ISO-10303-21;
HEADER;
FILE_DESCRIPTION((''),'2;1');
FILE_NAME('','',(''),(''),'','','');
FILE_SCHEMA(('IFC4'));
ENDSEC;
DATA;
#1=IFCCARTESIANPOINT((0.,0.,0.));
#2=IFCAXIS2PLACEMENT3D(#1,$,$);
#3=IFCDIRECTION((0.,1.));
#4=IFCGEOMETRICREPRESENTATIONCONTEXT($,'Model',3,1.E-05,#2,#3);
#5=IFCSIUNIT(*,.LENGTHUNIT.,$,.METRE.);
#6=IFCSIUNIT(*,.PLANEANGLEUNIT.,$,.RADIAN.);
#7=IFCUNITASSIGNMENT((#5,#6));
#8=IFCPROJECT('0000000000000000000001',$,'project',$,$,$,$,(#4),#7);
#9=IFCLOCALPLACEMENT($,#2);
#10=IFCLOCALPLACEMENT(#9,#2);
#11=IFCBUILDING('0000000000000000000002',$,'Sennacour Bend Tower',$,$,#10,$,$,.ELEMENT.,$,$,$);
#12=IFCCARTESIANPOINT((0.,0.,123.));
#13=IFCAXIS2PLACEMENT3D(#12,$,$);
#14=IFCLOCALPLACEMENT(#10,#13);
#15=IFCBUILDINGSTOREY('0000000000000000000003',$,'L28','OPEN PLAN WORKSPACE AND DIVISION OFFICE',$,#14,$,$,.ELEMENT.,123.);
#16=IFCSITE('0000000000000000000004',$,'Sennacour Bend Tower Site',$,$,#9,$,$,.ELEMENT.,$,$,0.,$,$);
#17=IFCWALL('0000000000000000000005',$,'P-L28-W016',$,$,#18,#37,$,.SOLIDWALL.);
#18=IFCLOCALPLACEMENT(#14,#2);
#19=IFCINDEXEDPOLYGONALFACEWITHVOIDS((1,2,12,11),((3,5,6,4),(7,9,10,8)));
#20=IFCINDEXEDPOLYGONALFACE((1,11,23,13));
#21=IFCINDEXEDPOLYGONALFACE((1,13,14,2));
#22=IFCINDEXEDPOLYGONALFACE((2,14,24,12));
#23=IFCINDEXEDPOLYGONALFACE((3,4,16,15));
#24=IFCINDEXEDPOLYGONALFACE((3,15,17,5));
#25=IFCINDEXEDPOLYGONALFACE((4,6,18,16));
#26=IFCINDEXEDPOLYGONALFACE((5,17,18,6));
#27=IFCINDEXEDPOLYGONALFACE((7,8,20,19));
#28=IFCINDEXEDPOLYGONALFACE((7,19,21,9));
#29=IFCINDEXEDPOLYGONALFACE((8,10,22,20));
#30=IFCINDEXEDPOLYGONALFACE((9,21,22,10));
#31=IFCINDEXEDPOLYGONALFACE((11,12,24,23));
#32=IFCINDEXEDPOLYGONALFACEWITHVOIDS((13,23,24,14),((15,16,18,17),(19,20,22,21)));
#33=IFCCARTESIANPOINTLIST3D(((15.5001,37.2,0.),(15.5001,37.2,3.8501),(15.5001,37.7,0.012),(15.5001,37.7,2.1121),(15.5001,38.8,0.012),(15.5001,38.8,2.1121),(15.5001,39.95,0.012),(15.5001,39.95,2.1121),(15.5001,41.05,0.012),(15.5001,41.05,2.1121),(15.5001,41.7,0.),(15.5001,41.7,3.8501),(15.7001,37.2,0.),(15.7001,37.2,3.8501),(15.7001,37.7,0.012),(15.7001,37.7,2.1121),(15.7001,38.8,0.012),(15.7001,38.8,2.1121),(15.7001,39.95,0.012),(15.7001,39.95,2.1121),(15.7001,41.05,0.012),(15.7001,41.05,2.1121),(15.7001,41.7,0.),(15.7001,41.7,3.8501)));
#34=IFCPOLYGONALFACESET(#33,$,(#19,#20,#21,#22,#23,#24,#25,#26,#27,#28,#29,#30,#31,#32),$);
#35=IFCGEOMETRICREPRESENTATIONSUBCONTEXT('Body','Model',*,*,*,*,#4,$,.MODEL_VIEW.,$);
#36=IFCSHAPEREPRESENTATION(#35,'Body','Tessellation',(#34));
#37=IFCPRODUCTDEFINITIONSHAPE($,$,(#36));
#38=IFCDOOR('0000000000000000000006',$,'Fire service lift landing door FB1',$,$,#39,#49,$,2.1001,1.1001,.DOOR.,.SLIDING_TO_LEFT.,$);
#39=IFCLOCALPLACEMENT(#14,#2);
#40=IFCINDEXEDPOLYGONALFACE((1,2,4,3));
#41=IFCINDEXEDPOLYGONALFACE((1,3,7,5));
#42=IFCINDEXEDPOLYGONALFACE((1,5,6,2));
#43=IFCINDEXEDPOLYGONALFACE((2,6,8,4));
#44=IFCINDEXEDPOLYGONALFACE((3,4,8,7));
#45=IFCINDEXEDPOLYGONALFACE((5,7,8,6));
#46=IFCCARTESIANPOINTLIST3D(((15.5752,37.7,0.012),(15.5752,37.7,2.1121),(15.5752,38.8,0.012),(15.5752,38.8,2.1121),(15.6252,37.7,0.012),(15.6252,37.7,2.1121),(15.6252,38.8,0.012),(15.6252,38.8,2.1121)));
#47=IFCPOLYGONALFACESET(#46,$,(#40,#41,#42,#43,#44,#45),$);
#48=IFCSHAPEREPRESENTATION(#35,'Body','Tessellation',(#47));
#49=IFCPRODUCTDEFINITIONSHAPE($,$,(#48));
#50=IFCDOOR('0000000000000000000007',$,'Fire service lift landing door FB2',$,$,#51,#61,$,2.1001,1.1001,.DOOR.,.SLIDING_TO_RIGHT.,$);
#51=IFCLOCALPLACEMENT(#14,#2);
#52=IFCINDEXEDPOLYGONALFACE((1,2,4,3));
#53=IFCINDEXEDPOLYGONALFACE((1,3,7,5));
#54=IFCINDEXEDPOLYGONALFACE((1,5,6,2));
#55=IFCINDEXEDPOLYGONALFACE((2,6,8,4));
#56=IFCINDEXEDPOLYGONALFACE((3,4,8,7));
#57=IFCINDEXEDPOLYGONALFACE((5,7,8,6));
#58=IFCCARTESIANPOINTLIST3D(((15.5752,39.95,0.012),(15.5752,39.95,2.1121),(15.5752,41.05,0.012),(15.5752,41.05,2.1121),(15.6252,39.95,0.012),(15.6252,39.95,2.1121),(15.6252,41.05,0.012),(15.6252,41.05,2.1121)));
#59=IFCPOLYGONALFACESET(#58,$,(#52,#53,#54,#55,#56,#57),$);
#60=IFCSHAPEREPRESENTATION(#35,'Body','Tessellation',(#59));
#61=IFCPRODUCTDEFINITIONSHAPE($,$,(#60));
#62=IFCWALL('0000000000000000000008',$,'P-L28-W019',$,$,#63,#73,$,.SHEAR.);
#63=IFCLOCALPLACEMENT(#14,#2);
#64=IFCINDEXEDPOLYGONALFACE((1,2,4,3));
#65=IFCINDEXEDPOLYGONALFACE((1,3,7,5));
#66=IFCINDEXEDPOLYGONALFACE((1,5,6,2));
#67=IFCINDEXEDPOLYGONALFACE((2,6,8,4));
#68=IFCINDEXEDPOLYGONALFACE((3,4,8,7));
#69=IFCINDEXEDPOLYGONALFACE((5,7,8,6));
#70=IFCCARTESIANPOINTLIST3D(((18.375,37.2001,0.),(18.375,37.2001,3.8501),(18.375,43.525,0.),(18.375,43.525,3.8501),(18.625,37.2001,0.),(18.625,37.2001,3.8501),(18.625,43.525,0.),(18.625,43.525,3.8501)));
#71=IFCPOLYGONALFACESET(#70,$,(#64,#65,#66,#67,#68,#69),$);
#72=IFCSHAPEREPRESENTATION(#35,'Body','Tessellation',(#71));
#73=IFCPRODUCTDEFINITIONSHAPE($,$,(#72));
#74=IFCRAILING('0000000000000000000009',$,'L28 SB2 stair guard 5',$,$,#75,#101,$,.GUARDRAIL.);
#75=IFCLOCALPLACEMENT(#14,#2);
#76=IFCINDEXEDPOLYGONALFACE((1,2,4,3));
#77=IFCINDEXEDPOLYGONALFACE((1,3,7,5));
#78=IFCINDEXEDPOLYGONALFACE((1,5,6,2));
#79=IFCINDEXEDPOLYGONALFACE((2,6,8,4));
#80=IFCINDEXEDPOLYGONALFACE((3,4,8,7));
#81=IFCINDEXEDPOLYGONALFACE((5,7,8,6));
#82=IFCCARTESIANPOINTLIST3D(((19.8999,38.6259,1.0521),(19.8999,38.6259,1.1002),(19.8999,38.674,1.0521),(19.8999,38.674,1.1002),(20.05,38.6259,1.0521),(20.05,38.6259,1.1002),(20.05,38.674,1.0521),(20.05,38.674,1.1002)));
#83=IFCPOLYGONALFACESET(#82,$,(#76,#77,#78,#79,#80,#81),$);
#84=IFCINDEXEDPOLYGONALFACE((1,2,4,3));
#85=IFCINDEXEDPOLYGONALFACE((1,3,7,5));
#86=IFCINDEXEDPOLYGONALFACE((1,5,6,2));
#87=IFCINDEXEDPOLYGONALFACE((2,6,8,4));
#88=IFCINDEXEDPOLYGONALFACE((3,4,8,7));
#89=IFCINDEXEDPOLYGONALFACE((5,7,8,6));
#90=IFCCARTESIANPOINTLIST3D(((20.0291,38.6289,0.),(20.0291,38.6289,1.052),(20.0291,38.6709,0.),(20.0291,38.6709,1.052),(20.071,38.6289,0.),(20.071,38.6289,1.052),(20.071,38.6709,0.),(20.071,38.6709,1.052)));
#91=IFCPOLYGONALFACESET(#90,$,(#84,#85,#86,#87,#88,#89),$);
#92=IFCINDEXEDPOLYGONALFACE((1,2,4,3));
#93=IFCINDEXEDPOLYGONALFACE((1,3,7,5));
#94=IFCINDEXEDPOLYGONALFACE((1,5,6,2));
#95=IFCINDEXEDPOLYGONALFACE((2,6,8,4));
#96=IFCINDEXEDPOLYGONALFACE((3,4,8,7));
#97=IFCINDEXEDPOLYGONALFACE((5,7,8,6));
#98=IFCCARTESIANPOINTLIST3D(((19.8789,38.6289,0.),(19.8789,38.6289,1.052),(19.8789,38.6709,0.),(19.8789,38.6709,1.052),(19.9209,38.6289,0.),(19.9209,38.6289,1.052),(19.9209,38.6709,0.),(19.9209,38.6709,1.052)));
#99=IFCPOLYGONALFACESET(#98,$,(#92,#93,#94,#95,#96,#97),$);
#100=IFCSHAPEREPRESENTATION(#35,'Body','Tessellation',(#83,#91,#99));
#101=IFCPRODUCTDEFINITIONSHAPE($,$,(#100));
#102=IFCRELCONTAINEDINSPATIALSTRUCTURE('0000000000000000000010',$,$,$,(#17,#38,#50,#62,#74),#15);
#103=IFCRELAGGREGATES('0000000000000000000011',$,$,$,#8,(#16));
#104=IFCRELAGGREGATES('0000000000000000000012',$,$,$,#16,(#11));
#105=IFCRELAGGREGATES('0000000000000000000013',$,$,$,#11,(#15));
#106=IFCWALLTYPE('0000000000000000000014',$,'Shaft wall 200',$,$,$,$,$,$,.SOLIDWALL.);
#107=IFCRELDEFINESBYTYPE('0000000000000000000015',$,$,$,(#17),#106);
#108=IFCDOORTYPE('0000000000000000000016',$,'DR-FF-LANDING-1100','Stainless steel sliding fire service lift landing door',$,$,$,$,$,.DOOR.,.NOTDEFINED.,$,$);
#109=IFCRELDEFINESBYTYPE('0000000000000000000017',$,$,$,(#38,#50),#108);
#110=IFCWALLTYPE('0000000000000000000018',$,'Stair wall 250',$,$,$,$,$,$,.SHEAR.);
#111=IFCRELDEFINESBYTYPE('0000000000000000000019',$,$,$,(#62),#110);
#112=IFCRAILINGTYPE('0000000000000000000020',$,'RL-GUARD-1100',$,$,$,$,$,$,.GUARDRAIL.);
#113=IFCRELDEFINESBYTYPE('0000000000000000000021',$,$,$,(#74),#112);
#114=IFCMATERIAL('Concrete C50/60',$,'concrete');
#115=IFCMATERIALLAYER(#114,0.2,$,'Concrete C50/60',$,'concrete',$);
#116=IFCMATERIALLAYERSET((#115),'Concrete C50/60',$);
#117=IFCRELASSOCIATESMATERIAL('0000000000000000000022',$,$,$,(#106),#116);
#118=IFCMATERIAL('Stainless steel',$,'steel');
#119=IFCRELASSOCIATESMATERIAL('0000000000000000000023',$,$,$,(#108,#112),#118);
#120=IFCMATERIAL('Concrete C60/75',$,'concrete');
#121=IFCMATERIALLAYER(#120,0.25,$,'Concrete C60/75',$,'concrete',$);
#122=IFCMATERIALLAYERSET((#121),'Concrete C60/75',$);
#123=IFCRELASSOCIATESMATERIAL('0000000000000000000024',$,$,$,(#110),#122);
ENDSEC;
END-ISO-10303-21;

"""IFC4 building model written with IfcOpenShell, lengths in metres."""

from ifc_helpers import new_model, si_unit, direction, frame, frame_2d, origin, origin_2d, place, context, subcontext, project, spatial, rectangle, extrude, material, layer, layer_set, type_object, element, fill, save


model = new_model("IFC4")

# Units and contexts
model_context = context("Model", 3, precision=1e-05, world=origin(), true_north=direction((0.0, 1.0)))
body_context = subcontext(model_context, "Body", "Model", "MODEL_VIEW")
ifc_project = project(units=[si_unit("LENGTHUNIT", "METRE"), si_unit("PLANEANGLEUNIT", "RADIAN")], contexts=[model_context])

# Site, building, storey
site_placement = place(None, origin())
site = spatial("IfcSite", under=ifc_project, at=site_placement, Name="Sennacour Bend Tower Site", CompositionType="ELEMENT", RefElevation=0.0)
building_placement = place(site_placement, origin())
building = spatial("IfcBuilding", under=site, at=building_placement, Name="Sennacour Bend Tower", CompositionType="ELEMENT")
storey_placement = place(building_placement, frame((0.0, 0.0, 123.0)))
storey = spatial("IfcBuildingStorey", under=building, at=storey_placement, Name="L28", Description="OPEN PLAN WORKSPACE AND DIVISION OFFICE", CompositionType="ELEMENT", Elevation=123.0)

# Wall, openings, doors
ifc_material_1 = material(Name="Concrete C50/60", Category="concrete")
ifc_layer_1 = layer(ifc_material_1, 0.2, Name="Concrete C50/60", Category="concrete")
ifc_layer_set_1 = layer_set([ifc_layer_1], Name="Concrete C50/60")
wall_type_1 = type_object("IfcWallType", Name="Shaft wall 200", PredefinedType="SOLIDWALL", material=ifc_layer_set_1)
wall_1_placement = place(storey_placement, frame((15.6001, 37.2, 0.0), z_axis=(0.0, 0.0, 1.0), x_axis=(0.0, 1.0, 0.0)))
wall_1 = element("IfcWall", 1, at=wall_1_placement, inside=storey, type_object=wall_type_1, Name="P-L28-W016", PredefinedType="SOLIDWALL", context=body_context, shape_type="SweptSolid", body=[
    extrude(rectangle(XDim=4.5, YDim=0.2, at=frame_2d((2.25, 0.0))), origin(), (0.0, 0.0, 1.0), 3.8501),
])
opening_1_placement = place(wall_1_placement, frame((0.5, 0.0, 0.012)))
opening_1 = element("IfcOpeningElement", 2, at=opening_1_placement, cuts=wall_1, PredefinedType="OPENING", context=body_context, shape_type="SweptSolid", body=[
    extrude(rectangle(XDim=1.1001, YDim=2.1001, at=frame_2d((0.55, 1.05))), frame((0.0, 0.1099, 0.0), z_axis=(0.0, -1.0, 0.0), x_axis=(1.0, 0.0, 0.0)), (0.0, 0.0, 1.0), 0.22),
])
opening_2_placement = place(wall_1_placement, frame((2.75, 0.0, 0.012)))
opening_2 = element("IfcOpeningElement", 3, at=opening_2_placement, cuts=wall_1, PredefinedType="OPENING", context=body_context, shape_type="SweptSolid", body=[
    extrude(rectangle(XDim=1.1001, YDim=2.1001, at=frame_2d((0.55, 1.05))), frame((0.0, 0.1099, 0.0), z_axis=(0.0, -1.0, 0.0), x_axis=(1.0, 0.0, 0.0)), (0.0, 0.0, 1.0), 0.22),
])
ifc_material_2 = material(Name="Stainless steel", Category="steel")
door_type_1 = type_object("IfcDoorType", Name="DR-FF-LANDING-1100", Description="Stainless steel sliding fire service lift landing door", OperationType="NOTDEFINED", PredefinedType="DOOR", material=ifc_material_2)
door_1_placement = place(opening_1_placement, origin())
door_1 = element("IfcDoor", 4, at=door_1_placement, inside=storey, type_object=door_type_1, Name="Fire service lift landing door FB1", OperationType="SLIDING_TO_LEFT", OverallHeight=2.1001, OverallWidth=1.1001, PredefinedType="DOOR", context=body_context, shape_type="SweptSolid", body=[
    extrude(rectangle(XDim=1.1001, YDim=2.1001, at=frame_2d((0.55, 1.05))), frame((0.0, 0.0249, 0.0), z_axis=(0.0, -1.0, 0.0), x_axis=(1.0, 0.0, 0.0)), (0.0, 0.0, 1.0), 0.05),
])
fill(opening_1, door_1)
door_2_placement = place(opening_2_placement, origin())
door_2 = element("IfcDoor", 5, at=door_2_placement, inside=storey, type_object=door_type_1, Name="Fire service lift landing door FB2", OperationType="SLIDING_TO_RIGHT", OverallHeight=2.1001, OverallWidth=1.1001, PredefinedType="DOOR", context=body_context, shape_type="SweptSolid", body=[
    extrude(rectangle(XDim=1.1001, YDim=2.1001, at=frame_2d((0.55, 1.05))), frame((0.0, 0.0249, 0.0), z_axis=(0.0, -1.0, 0.0), x_axis=(1.0, 0.0, 0.0)), (0.0, 0.0, 1.0), 0.05),
])
fill(opening_2, door_2)

# Wall
ifc_material_3 = material(Name="Concrete C60/75", Category="concrete")
ifc_layer_2 = layer(ifc_material_3, 0.25, Name="Concrete C60/75", Category="concrete")
ifc_layer_set_2 = layer_set([ifc_layer_2], Name="Concrete C60/75")
wall_type_2 = type_object("IfcWallType", Name="Stair wall 250", PredefinedType="SHEAR", material=ifc_layer_set_2)
wall_2_placement = place(storey_placement, frame((18.5, 37.2, 0.0), z_axis=(0.0, 0.0, 1.0), x_axis=(0.0, 1.0, 0.0)))
element("IfcWall", 6, at=wall_2_placement, inside=storey, type_object=wall_type_2, Name="P-L28-W019", PredefinedType="SHEAR", context=body_context, shape_type="SweptSolid", body=[
    extrude(rectangle(XDim=6.325, YDim=0.25, at=frame_2d((3.1626, 0.0))), origin(), (0.0, 0.0, 1.0), 3.8501),
])

# Railing
railing_type = type_object("IfcRailingType", Name="RL-GUARD-1100", PredefinedType="GUARDRAIL", material=ifc_material_2)
railing_placement = place(storey_placement, frame((20.05, 38.6499, 0.0)))
element("IfcRailing", 7, at=railing_placement, inside=storey, type_object=railing_type, Name="L28 SB2 stair guard 5", PredefinedType="GUARDRAIL", context=body_context, shape_type="SweptSolid", body=[
    extrude(rectangle(XDim=0.0481, YDim=0.0481, at=origin_2d()), frame((0.0, 0.0, 1.0762), z_axis=(-1.0, 0.0, 0.0), x_axis=(0.0, -1.0, 0.0)), (0.0, 0.0, 1.0), 0.1501),
    extrude(rectangle(XDim=0.042, YDim=0.042, at=origin_2d()), origin(), (0.0, 0.0, 1.0), 1.052),
    extrude(rectangle(XDim=0.042, YDim=0.042, at=origin_2d()), frame((-0.1501, 0.0, 0.0)), (0.0, 0.0, 1.0), 1.052),
])

save(model, "model.ifc")
